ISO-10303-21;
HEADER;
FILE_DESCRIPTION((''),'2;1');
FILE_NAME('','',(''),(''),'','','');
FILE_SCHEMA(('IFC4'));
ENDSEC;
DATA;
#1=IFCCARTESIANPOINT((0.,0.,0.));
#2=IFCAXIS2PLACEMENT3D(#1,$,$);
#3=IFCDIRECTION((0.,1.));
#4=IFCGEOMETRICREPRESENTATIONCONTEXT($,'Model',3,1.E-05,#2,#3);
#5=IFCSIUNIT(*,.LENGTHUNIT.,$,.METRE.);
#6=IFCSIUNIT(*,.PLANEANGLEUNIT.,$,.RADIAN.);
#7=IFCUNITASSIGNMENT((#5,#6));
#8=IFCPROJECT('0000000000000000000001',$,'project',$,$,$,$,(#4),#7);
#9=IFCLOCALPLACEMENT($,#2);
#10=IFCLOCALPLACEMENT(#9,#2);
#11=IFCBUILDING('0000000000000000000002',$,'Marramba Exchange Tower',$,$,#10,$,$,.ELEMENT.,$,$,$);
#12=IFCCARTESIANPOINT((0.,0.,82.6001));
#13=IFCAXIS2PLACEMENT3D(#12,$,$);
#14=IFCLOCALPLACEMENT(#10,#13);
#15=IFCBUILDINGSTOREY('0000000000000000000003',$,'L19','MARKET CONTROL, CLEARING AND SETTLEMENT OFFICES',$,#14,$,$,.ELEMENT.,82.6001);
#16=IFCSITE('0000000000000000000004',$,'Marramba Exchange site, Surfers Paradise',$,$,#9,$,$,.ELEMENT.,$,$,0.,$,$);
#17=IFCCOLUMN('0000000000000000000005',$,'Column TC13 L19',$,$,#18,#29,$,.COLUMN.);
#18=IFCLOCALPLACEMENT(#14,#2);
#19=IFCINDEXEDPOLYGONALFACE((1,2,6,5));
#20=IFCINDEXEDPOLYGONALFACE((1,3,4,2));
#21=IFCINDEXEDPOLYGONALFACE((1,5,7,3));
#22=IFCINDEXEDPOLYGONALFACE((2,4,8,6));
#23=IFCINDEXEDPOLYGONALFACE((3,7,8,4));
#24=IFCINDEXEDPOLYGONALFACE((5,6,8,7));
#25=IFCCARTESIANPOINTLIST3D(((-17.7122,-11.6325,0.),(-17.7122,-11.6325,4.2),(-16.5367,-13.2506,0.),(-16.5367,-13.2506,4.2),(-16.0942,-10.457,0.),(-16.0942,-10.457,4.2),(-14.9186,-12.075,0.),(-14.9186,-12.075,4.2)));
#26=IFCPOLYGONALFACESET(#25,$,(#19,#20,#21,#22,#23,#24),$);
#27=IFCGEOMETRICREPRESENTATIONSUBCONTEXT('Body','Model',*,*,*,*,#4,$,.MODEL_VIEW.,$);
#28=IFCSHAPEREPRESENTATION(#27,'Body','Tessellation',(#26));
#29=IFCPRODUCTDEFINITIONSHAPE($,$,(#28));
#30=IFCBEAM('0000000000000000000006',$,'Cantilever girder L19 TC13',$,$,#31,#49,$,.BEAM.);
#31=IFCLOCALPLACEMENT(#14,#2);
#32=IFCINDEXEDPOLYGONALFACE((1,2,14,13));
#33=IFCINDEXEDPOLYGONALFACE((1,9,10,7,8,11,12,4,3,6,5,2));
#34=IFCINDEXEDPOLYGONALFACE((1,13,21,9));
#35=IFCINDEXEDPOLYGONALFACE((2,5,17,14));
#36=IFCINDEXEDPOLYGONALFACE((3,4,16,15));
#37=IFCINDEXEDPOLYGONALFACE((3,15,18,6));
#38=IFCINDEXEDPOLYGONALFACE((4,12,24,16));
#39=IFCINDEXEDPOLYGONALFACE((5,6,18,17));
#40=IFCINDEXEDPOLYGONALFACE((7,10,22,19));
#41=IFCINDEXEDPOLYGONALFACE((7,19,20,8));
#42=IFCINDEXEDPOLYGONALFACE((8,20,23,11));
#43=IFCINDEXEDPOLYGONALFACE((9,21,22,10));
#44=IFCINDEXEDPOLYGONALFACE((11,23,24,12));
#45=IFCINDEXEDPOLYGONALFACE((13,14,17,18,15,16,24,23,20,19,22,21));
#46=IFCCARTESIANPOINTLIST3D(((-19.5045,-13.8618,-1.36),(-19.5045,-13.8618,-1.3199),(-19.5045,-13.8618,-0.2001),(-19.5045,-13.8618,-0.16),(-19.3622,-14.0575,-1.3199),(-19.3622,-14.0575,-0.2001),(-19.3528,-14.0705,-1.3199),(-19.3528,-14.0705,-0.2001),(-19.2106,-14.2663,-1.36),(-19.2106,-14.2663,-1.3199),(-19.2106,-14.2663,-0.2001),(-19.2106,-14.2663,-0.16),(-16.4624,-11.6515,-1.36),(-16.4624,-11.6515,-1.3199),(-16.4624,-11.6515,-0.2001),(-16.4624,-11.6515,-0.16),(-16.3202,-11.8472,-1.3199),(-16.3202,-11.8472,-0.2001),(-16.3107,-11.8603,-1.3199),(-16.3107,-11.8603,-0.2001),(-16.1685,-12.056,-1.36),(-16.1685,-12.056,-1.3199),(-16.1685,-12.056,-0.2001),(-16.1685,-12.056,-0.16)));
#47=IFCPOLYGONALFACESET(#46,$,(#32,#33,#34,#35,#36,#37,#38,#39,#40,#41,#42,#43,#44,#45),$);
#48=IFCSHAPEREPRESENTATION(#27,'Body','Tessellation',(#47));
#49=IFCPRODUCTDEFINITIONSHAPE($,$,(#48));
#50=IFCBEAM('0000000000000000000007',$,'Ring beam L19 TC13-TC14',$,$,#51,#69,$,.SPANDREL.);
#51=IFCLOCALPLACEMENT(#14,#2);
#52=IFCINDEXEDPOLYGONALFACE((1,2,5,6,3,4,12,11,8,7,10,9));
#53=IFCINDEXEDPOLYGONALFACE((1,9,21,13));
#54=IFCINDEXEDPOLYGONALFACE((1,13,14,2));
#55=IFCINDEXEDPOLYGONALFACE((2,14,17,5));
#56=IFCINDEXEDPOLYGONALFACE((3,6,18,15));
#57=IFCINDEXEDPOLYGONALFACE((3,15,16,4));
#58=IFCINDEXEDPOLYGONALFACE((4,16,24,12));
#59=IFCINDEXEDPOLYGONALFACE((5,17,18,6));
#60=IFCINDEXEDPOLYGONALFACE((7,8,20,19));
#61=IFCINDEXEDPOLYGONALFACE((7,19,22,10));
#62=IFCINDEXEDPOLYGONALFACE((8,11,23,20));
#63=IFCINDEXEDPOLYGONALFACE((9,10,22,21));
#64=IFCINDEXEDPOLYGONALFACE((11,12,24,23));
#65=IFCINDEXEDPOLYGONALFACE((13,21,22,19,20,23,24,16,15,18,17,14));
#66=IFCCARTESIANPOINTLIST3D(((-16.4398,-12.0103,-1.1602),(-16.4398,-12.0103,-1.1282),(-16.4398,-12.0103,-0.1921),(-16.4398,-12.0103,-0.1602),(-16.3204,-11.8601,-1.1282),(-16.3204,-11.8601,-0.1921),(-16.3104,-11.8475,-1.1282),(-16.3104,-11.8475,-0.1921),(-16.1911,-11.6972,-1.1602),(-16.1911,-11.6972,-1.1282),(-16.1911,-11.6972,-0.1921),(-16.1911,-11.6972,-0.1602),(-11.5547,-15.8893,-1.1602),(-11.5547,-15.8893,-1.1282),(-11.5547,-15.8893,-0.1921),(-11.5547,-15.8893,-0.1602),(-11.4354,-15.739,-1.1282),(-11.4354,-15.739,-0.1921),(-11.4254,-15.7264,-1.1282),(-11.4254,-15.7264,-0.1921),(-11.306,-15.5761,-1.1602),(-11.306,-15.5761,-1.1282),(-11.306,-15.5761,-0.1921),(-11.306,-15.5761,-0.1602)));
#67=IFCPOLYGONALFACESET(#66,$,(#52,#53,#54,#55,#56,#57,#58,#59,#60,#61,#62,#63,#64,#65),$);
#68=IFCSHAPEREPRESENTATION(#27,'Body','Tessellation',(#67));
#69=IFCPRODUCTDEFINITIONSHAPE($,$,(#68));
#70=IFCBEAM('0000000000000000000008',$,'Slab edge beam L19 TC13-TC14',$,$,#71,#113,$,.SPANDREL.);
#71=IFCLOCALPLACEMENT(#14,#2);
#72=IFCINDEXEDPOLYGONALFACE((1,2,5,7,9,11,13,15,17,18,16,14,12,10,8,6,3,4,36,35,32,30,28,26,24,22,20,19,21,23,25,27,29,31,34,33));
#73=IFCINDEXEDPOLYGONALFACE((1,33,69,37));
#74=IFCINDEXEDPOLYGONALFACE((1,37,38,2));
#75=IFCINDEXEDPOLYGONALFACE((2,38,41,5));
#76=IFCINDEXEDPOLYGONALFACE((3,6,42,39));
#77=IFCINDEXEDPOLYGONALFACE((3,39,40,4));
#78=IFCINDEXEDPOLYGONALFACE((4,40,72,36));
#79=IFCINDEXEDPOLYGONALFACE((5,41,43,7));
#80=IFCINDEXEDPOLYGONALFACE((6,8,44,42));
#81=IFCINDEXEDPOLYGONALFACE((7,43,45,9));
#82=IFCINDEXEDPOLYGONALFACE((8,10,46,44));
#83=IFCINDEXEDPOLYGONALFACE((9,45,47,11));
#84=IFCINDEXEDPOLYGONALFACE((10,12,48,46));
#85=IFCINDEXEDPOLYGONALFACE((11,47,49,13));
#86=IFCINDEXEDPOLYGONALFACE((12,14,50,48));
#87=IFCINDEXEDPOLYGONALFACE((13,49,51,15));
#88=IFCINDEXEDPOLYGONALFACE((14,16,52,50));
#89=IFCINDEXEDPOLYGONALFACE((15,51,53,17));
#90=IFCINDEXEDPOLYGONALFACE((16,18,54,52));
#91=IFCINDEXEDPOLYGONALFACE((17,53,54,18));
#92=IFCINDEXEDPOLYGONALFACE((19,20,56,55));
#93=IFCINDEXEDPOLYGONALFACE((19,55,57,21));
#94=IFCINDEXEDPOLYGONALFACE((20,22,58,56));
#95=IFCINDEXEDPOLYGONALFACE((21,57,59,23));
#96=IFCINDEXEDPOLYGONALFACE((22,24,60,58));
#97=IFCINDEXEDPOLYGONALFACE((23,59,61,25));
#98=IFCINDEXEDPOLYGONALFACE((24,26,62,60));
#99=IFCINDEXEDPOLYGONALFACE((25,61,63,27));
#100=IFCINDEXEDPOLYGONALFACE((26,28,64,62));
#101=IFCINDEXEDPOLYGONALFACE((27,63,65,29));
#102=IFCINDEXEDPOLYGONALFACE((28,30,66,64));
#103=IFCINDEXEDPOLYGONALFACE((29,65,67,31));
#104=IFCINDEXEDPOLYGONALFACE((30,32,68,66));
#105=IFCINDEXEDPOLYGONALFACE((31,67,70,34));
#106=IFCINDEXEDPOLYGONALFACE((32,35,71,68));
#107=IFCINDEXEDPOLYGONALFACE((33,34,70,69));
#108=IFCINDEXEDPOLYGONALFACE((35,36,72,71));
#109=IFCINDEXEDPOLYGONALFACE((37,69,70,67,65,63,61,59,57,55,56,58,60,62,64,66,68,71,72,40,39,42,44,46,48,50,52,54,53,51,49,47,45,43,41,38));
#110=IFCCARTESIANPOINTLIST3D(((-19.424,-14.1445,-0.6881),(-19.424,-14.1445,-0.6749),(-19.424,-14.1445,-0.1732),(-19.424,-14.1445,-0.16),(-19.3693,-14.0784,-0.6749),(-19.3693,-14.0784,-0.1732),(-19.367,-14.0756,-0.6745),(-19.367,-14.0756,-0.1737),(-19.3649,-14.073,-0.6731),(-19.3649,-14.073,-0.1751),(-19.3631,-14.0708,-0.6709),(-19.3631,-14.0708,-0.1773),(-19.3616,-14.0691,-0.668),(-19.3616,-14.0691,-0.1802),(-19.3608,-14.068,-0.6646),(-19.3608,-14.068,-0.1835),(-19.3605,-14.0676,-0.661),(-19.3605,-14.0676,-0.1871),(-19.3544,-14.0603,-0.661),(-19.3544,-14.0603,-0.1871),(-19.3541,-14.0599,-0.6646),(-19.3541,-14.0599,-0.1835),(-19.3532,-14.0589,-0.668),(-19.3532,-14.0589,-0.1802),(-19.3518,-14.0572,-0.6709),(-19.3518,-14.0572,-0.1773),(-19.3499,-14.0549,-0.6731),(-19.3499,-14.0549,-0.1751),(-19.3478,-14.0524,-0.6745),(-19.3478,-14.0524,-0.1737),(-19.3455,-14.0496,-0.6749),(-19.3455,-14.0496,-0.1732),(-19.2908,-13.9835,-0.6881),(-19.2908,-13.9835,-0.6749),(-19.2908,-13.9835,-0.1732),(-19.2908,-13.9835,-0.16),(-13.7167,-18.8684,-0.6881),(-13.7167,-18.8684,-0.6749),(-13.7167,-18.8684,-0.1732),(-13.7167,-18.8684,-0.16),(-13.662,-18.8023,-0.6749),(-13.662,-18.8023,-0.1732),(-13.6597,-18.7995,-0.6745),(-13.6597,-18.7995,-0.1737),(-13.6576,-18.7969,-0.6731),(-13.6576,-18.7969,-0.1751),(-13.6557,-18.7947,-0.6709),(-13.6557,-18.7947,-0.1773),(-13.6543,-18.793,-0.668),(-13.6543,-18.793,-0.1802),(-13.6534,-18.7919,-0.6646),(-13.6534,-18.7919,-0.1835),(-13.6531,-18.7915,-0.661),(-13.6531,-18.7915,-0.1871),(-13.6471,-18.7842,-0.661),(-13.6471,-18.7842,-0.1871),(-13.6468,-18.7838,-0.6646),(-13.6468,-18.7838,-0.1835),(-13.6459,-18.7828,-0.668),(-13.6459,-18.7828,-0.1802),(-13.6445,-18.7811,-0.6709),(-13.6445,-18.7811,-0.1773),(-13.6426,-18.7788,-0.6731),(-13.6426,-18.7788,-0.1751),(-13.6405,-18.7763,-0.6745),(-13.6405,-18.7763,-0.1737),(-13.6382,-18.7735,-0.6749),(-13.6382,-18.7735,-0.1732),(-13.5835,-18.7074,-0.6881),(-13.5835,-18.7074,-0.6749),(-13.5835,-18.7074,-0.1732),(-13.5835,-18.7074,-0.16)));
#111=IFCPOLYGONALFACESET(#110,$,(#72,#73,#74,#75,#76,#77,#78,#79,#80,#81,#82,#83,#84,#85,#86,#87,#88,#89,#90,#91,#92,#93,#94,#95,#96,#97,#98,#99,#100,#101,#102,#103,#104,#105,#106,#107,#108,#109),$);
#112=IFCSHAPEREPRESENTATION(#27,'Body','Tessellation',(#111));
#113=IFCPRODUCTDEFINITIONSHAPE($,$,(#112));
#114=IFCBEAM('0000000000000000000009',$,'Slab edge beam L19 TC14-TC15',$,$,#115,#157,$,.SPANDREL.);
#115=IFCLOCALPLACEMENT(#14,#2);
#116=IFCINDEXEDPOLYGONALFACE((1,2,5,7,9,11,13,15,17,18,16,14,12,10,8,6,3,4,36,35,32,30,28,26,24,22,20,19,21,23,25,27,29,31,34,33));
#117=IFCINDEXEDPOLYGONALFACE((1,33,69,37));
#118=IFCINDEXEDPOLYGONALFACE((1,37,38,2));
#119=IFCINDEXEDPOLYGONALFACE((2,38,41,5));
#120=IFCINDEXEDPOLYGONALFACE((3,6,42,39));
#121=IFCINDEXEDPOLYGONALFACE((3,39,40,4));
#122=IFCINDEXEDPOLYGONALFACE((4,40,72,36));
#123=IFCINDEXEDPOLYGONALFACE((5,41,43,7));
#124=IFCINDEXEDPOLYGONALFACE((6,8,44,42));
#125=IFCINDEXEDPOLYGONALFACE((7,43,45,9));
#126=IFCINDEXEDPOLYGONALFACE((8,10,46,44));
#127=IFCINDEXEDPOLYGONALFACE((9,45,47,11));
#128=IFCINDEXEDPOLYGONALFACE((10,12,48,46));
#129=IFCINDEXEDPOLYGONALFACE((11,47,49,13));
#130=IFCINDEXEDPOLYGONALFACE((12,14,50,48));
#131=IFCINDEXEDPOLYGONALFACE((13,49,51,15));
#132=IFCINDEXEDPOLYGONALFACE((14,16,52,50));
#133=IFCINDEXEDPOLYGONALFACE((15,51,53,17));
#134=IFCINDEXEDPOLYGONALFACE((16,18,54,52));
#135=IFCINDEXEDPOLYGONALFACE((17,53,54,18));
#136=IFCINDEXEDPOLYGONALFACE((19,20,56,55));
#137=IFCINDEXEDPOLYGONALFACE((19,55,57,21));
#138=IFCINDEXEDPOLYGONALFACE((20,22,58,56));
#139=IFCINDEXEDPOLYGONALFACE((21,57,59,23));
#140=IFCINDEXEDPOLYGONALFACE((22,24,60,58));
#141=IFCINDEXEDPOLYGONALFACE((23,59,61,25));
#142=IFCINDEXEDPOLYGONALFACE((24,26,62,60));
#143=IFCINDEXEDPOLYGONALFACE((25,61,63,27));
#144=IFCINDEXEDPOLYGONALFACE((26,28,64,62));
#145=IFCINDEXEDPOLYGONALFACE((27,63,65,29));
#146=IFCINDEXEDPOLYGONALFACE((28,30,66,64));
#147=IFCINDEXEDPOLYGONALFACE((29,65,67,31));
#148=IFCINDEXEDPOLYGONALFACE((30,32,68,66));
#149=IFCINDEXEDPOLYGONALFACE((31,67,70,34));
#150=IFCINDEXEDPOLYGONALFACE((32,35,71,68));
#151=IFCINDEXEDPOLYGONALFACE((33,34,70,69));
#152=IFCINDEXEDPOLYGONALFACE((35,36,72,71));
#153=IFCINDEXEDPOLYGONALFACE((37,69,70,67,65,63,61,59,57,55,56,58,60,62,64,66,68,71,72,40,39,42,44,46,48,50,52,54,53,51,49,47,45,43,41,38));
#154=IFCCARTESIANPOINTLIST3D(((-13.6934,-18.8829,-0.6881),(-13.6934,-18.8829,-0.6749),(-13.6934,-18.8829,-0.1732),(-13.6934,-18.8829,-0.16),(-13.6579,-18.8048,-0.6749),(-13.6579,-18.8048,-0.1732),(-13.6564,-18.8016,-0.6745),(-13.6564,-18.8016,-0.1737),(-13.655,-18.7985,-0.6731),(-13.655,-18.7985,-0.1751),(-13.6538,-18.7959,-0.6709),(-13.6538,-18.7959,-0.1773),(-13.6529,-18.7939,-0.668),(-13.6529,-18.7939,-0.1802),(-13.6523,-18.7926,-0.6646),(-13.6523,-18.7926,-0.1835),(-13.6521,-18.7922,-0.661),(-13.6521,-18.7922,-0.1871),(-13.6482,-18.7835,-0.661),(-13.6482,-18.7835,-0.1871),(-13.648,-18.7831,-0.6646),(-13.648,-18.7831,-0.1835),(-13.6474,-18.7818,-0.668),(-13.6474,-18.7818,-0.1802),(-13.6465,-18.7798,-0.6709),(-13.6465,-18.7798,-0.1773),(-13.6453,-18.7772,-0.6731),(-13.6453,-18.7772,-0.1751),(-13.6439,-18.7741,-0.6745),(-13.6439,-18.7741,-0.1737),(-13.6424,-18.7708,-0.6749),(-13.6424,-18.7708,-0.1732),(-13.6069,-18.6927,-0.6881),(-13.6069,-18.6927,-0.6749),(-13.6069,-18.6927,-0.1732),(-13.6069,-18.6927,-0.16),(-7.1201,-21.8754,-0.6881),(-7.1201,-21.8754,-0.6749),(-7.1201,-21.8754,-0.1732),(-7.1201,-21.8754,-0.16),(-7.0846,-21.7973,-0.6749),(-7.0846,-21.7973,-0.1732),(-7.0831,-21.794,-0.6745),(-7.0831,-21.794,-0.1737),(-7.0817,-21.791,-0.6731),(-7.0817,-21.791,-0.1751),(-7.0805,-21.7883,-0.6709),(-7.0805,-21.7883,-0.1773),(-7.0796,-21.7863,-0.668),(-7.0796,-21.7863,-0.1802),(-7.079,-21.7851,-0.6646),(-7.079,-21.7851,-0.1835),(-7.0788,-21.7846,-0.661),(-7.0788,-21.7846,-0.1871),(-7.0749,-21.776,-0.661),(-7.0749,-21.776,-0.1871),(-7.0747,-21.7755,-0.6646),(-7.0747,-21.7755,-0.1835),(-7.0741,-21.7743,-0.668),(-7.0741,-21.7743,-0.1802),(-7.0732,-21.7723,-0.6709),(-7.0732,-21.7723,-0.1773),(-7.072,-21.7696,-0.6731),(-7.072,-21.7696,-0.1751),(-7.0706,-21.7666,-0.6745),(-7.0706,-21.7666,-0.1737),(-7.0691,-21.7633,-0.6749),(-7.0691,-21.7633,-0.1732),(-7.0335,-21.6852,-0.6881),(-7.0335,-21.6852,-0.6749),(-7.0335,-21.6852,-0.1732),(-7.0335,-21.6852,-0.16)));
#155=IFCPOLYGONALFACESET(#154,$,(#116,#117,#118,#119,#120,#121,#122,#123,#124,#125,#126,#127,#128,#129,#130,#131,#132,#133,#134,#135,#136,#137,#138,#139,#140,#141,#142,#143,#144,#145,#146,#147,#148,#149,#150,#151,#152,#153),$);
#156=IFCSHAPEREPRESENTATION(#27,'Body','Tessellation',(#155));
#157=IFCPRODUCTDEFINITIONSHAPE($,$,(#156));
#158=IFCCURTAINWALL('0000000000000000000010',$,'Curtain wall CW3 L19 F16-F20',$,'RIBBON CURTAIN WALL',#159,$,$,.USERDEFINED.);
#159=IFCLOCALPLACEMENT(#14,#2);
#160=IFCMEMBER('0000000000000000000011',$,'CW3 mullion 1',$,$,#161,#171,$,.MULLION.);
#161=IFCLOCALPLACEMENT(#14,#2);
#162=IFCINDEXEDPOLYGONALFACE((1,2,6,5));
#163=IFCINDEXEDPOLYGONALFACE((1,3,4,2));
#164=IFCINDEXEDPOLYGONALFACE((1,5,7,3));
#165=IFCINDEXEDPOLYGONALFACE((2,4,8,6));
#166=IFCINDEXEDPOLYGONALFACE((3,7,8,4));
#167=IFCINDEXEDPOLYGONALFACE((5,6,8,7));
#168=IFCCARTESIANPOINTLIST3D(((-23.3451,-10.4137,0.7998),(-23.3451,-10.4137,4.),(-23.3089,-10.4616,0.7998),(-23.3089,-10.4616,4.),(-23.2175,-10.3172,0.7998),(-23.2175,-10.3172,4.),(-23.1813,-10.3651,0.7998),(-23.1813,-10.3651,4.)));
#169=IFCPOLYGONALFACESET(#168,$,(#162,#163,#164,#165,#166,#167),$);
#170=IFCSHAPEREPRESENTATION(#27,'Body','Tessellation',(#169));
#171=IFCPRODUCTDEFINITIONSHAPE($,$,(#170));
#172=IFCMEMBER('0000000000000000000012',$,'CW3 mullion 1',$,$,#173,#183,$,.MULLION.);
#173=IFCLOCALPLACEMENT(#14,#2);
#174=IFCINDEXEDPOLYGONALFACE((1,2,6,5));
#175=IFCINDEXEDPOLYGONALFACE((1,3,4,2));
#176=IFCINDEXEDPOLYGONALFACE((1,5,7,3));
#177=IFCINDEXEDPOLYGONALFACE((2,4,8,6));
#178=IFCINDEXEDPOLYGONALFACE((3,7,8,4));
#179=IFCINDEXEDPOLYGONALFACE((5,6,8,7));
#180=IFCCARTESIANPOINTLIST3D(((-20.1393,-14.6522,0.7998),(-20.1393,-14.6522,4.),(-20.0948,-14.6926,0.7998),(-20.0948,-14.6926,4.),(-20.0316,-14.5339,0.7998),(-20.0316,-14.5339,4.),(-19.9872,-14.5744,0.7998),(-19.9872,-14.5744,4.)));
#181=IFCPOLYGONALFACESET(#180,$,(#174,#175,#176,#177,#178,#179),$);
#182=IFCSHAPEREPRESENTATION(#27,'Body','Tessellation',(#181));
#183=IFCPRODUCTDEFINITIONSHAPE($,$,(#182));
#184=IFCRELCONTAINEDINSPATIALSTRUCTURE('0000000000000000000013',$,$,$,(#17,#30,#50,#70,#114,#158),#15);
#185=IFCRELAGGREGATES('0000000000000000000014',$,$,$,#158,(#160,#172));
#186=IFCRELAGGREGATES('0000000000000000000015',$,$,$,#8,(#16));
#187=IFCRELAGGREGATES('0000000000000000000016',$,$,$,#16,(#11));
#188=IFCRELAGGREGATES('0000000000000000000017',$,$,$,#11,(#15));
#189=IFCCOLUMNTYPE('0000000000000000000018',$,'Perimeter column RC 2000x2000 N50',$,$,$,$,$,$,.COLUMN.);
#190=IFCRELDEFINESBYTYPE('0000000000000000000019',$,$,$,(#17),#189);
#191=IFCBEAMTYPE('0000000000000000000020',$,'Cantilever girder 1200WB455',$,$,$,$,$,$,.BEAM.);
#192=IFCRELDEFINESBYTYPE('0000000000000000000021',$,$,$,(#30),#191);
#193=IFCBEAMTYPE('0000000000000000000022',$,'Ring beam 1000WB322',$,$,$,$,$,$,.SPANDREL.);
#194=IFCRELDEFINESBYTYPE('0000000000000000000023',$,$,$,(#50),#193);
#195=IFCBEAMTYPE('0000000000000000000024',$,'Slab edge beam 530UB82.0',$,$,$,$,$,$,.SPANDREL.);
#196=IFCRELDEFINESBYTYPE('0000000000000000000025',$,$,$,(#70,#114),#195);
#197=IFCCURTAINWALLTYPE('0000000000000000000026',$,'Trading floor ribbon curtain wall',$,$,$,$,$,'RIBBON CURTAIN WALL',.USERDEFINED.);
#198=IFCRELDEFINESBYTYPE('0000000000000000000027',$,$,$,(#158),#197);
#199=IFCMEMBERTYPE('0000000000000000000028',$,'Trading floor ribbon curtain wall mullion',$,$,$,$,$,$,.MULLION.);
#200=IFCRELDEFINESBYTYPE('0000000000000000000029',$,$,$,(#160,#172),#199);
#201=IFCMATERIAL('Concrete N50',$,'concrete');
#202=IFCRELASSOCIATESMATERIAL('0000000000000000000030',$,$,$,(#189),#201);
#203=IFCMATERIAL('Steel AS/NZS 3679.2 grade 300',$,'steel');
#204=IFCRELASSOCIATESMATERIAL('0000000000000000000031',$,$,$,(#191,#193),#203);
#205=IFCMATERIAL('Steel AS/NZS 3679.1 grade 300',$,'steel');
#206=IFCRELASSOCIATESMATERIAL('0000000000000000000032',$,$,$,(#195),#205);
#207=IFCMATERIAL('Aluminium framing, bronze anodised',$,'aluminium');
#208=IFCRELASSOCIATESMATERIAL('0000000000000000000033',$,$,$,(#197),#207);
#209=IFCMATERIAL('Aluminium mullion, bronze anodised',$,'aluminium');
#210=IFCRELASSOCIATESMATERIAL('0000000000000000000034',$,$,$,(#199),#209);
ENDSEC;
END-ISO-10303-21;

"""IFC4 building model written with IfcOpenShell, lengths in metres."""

from ifc_helpers import new_model, si_unit, direction, frame, origin, origin_2d, place, context, subcontext, project, spatial, rectangle, i_section, extrude, material, material_profile, profile_set, type_object, element, aggregate, save


model = new_model("IFC4")

# Units and contexts
model_context = context("Model", 3, precision=1e-05, world=origin(), true_north=direction((0.0, 1.0)))
body_context = subcontext(model_context, "Body", "Model", "MODEL_VIEW")
ifc_project = project(units=[si_unit("LENGTHUNIT", "METRE"), si_unit("PLANEANGLEUNIT", "RADIAN")], contexts=[model_context])

# Site, building, storey
site_placement = place(None, origin())
site = spatial("IfcSite", under=ifc_project, at=site_placement, Name="Marramba Exchange site, Surfers Paradise", CompositionType="ELEMENT", RefElevation=0.0)
building_placement = place(site_placement, origin())
building = spatial("IfcBuilding", under=site, at=building_placement, Name="Marramba Exchange Tower", CompositionType="ELEMENT")
storey_placement = place(building_placement, frame((0.0, 0.0, 82.6001)))
storey = spatial("IfcBuildingStorey", under=building, at=storey_placement, Name="L19", Description="MARKET CONTROL, CLEARING AND SETTLEMENT OFFICES", CompositionType="ELEMENT", Elevation=82.6001)

# Column
ifc_material_1 = material(Name="Concrete N50", Category="concrete")
ifc_material_profile_1 = material_profile(ifc_material_1, rectangle(XDim=2.0, YDim=2.0, at=origin_2d()), Name="RC 2000x2000")
ifc_profile_set_1 = profile_set([ifc_material_profile_1], Name="Concrete N50")
column_type = type_object("IfcColumnType", Name="Perimeter column RC 2000x2000 N50", PredefinedType="COLUMN", material=ifc_profile_set_1)
column_placement = place(storey_placement, frame((-16.3154, -11.8538, 0.0), z_axis=(0.0, 0.0, 1.0), x_axis=(-0.809017, -0.587785, 0.0)))
element("IfcColumn", 1, at=column_placement, inside=storey, type_object=column_type, Name="Column TC13 L19", PredefinedType="COLUMN", context=body_context, shape_type="SweptSolid", body=[
    extrude(rectangle(XDim=2.0, YDim=2.0, at=origin_2d()), origin(), (0.0, 0.0, 1.0), 4.2),
])

# Beams
ifc_material_2 = material(Name="Steel AS/NZS 3679.2 grade 300", Category="steel")
ifc_material_profile_2 = material_profile(ifc_material_2, i_section(OverallWidth=0.5, OverallDepth=1.2, WebThickness=0.0161, FlangeThickness=0.04, at=origin_2d()), Name="1200WB455")
ifc_profile_set_2 = profile_set([ifc_material_profile_2], Name="Steel AS/NZS 3679.2 grade 300")
beam_type_1 = type_object("IfcBeamType", Name="Cantilever girder 1200WB455", PredefinedType="BEAM", material=ifc_profile_set_2)
beam_1_placement = place(storey_placement, frame((-16.3154, -11.8538, -0.76), z_axis=(-0.809008, -0.587797, 0.0), x_axis=(0.587797, -0.809008, 0.0)))
element("IfcBeam", 2, at=beam_1_placement, inside=storey, type_object=beam_type_1, Name="Cantilever girder L19 TC13", PredefinedType="BEAM", context=body_context, shape_type="SweptSolid", body=[
    extrude(i_section(OverallWidth=0.5, OverallDepth=1.2, WebThickness=0.0161, FlangeThickness=0.04, at=origin_2d()), origin(), (0.0, 0.0, 1.0), 3.7603),
])
ifc_material_profile_3 = material_profile(ifc_material_2, i_section(OverallWidth=0.3999, OverallDepth=1.0, WebThickness=0.0161, FlangeThickness=0.032, at=origin_2d()), Name="1000WB322")
ifc_profile_set_3 = profile_set([ifc_material_profile_3], Name="Steel AS/NZS 3679.2 grade 300")
beam_type_2 = type_object("IfcBeamType", Name="Ring beam 1000WB322", PredefinedType="SPANDREL", material=ifc_profile_set_3)
beam_2_placement = place(storey_placement, frame((-16.3154, -11.8538, -0.6602), z_axis=(0.783139, -0.621846, 0.0), x_axis=(0.621846, 0.783139, 0.0)))
element("IfcBeam", 3, at=beam_2_placement, inside=storey, type_object=beam_type_2, Name="Ring beam L19 TC13-TC14", PredefinedType="SPANDREL", context=body_context, shape_type="SweptSolid", body=[
    extrude(i_section(OverallWidth=0.3999, OverallDepth=1.0, WebThickness=0.0161, FlangeThickness=0.032, at=origin_2d()), origin(), (0.0, 0.0, 1.0), 6.2378),
])
ifc_material_3 = material(Name="Steel AS/NZS 3679.1 grade 300", Category="steel")
ifc_material_profile_4 = material_profile(ifc_material_3, i_section(OverallWidth=0.209, OverallDepth=0.5281, WebThickness=0.0095, FlangeThickness=0.0132, FilletRadius=0.0139, at=origin_2d()), Name="530UB82.0")
ifc_profile_set_4 = profile_set([ifc_material_profile_4], Name="Steel AS/NZS 3679.1 grade 300")
beam_type_3 = type_object("IfcBeamType", Name="Slab edge beam 530UB82.0", PredefinedType="SPANDREL", material=ifc_profile_set_4)
beam_3_placement = place(storey_placement, frame((-19.3574, -14.064, -0.4241), z_axis=(0.770354, -0.637617, 0.0), x_axis=(0.637617, 0.770354, 0.0)))
element("IfcBeam", 4, at=beam_3_placement, inside=storey, type_object=beam_type_3, Name="Slab edge beam L19 TC13-TC14", PredefinedType="SPANDREL", context=body_context, shape_type="SweptSolid", body=[
    extrude(i_section(OverallWidth=0.209, OverallDepth=0.5281, WebThickness=0.0095, FlangeThickness=0.0132, FilletRadius=0.0139, at=origin_2d()), origin(), (0.0, 0.0, 1.0), 7.4087),
])
beam_4_placement = place(storey_placement, frame((-13.6501, -18.7878, -0.4241), z_axis=(0.910127, -0.41433, 0.0), x_axis=(0.41433, 0.910127, 0.0)))
element("IfcBeam", 5, at=beam_4_placement, inside=storey, type_object=beam_type_3, Name="Slab edge beam L19 TC14-TC15", PredefinedType="SPANDREL", context=body_context, shape_type="SweptSolid", body=[
    extrude(i_section(OverallWidth=0.209, OverallDepth=0.5281, WebThickness=0.0095, FlangeThickness=0.0132, FilletRadius=0.0139, at=origin_2d()), origin(), (0.0, 0.0, 1.0), 7.2224),
])

# Curtain wall, members
ifc_material_4 = material(Name="Aluminium framing, bronze anodised", Category="aluminium")
curtain_wall_type = type_object("IfcCurtainWallType", Name="Trading floor ribbon curtain wall", ElementType="RIBBON CURTAIN WALL", PredefinedType="USERDEFINED", material=ifc_material_4)
curtain_wall_placement = place(storey_placement, origin())
curtain_wall = element("IfcCurtainWall", 6, at=curtain_wall_placement, inside=storey, type_object=curtain_wall_type, Name="Curtain wall CW3 L19 F16-F20", ObjectType="RIBBON CURTAIN WALL", PredefinedType="USERDEFINED")
ifc_material_5 = material(Name="Aluminium mullion, bronze anodised", Category="aluminium")
ifc_material_profile_5 = material_profile(ifc_material_5, rectangle(XDim=0.1599, YDim=0.0601, at=origin_2d()), Name="CW3 mullion 60x160")
ifc_profile_set_5 = profile_set([ifc_material_profile_5], Name="Aluminium mullion, bronze anodised")
member_type_1 = type_object("IfcMemberType", Name="Trading floor ribbon curtain wall mullion", PredefinedType="MULLION", material=ifc_profile_set_5)
member_1_placement = place(storey_placement, frame((-23.2632, -10.3894, 0.7998), z_axis=(0.0, 0.0, 1.0), x_axis=(0.797711, 0.60304, 0.0)))
member_1 = element("IfcMember", 7, at=member_1_placement, type_object=member_type_1, Name="CW3 mullion 1", PredefinedType="MULLION", context=body_context, shape_type="SweptSolid", body=[
    extrude(rectangle(XDim=0.1599, YDim=0.0601, at=origin_2d()), origin(), (0.0, 0.0, 1.0), 3.2002),
])
member_2_placement = place(storey_placement, frame((-20.0632, -14.6133, 0.7998), z_axis=(0.0, 0.0, 1.0), x_axis=(0.673058, 0.73959, 0.0)))
member_2 = element("IfcMember", 8, at=member_2_placement, type_object=member_type_1, Name="CW3 mullion 1", PredefinedType="MULLION", context=body_context, shape_type="SweptSolid", body=[
    extrude(rectangle(XDim=0.1599, YDim=0.0601, at=origin_2d()), origin(), (0.0, 0.0, 1.0), 3.2002),
])
aggregate(curtain_wall, [member_1, member_2])

save(model, "model.ifc")
